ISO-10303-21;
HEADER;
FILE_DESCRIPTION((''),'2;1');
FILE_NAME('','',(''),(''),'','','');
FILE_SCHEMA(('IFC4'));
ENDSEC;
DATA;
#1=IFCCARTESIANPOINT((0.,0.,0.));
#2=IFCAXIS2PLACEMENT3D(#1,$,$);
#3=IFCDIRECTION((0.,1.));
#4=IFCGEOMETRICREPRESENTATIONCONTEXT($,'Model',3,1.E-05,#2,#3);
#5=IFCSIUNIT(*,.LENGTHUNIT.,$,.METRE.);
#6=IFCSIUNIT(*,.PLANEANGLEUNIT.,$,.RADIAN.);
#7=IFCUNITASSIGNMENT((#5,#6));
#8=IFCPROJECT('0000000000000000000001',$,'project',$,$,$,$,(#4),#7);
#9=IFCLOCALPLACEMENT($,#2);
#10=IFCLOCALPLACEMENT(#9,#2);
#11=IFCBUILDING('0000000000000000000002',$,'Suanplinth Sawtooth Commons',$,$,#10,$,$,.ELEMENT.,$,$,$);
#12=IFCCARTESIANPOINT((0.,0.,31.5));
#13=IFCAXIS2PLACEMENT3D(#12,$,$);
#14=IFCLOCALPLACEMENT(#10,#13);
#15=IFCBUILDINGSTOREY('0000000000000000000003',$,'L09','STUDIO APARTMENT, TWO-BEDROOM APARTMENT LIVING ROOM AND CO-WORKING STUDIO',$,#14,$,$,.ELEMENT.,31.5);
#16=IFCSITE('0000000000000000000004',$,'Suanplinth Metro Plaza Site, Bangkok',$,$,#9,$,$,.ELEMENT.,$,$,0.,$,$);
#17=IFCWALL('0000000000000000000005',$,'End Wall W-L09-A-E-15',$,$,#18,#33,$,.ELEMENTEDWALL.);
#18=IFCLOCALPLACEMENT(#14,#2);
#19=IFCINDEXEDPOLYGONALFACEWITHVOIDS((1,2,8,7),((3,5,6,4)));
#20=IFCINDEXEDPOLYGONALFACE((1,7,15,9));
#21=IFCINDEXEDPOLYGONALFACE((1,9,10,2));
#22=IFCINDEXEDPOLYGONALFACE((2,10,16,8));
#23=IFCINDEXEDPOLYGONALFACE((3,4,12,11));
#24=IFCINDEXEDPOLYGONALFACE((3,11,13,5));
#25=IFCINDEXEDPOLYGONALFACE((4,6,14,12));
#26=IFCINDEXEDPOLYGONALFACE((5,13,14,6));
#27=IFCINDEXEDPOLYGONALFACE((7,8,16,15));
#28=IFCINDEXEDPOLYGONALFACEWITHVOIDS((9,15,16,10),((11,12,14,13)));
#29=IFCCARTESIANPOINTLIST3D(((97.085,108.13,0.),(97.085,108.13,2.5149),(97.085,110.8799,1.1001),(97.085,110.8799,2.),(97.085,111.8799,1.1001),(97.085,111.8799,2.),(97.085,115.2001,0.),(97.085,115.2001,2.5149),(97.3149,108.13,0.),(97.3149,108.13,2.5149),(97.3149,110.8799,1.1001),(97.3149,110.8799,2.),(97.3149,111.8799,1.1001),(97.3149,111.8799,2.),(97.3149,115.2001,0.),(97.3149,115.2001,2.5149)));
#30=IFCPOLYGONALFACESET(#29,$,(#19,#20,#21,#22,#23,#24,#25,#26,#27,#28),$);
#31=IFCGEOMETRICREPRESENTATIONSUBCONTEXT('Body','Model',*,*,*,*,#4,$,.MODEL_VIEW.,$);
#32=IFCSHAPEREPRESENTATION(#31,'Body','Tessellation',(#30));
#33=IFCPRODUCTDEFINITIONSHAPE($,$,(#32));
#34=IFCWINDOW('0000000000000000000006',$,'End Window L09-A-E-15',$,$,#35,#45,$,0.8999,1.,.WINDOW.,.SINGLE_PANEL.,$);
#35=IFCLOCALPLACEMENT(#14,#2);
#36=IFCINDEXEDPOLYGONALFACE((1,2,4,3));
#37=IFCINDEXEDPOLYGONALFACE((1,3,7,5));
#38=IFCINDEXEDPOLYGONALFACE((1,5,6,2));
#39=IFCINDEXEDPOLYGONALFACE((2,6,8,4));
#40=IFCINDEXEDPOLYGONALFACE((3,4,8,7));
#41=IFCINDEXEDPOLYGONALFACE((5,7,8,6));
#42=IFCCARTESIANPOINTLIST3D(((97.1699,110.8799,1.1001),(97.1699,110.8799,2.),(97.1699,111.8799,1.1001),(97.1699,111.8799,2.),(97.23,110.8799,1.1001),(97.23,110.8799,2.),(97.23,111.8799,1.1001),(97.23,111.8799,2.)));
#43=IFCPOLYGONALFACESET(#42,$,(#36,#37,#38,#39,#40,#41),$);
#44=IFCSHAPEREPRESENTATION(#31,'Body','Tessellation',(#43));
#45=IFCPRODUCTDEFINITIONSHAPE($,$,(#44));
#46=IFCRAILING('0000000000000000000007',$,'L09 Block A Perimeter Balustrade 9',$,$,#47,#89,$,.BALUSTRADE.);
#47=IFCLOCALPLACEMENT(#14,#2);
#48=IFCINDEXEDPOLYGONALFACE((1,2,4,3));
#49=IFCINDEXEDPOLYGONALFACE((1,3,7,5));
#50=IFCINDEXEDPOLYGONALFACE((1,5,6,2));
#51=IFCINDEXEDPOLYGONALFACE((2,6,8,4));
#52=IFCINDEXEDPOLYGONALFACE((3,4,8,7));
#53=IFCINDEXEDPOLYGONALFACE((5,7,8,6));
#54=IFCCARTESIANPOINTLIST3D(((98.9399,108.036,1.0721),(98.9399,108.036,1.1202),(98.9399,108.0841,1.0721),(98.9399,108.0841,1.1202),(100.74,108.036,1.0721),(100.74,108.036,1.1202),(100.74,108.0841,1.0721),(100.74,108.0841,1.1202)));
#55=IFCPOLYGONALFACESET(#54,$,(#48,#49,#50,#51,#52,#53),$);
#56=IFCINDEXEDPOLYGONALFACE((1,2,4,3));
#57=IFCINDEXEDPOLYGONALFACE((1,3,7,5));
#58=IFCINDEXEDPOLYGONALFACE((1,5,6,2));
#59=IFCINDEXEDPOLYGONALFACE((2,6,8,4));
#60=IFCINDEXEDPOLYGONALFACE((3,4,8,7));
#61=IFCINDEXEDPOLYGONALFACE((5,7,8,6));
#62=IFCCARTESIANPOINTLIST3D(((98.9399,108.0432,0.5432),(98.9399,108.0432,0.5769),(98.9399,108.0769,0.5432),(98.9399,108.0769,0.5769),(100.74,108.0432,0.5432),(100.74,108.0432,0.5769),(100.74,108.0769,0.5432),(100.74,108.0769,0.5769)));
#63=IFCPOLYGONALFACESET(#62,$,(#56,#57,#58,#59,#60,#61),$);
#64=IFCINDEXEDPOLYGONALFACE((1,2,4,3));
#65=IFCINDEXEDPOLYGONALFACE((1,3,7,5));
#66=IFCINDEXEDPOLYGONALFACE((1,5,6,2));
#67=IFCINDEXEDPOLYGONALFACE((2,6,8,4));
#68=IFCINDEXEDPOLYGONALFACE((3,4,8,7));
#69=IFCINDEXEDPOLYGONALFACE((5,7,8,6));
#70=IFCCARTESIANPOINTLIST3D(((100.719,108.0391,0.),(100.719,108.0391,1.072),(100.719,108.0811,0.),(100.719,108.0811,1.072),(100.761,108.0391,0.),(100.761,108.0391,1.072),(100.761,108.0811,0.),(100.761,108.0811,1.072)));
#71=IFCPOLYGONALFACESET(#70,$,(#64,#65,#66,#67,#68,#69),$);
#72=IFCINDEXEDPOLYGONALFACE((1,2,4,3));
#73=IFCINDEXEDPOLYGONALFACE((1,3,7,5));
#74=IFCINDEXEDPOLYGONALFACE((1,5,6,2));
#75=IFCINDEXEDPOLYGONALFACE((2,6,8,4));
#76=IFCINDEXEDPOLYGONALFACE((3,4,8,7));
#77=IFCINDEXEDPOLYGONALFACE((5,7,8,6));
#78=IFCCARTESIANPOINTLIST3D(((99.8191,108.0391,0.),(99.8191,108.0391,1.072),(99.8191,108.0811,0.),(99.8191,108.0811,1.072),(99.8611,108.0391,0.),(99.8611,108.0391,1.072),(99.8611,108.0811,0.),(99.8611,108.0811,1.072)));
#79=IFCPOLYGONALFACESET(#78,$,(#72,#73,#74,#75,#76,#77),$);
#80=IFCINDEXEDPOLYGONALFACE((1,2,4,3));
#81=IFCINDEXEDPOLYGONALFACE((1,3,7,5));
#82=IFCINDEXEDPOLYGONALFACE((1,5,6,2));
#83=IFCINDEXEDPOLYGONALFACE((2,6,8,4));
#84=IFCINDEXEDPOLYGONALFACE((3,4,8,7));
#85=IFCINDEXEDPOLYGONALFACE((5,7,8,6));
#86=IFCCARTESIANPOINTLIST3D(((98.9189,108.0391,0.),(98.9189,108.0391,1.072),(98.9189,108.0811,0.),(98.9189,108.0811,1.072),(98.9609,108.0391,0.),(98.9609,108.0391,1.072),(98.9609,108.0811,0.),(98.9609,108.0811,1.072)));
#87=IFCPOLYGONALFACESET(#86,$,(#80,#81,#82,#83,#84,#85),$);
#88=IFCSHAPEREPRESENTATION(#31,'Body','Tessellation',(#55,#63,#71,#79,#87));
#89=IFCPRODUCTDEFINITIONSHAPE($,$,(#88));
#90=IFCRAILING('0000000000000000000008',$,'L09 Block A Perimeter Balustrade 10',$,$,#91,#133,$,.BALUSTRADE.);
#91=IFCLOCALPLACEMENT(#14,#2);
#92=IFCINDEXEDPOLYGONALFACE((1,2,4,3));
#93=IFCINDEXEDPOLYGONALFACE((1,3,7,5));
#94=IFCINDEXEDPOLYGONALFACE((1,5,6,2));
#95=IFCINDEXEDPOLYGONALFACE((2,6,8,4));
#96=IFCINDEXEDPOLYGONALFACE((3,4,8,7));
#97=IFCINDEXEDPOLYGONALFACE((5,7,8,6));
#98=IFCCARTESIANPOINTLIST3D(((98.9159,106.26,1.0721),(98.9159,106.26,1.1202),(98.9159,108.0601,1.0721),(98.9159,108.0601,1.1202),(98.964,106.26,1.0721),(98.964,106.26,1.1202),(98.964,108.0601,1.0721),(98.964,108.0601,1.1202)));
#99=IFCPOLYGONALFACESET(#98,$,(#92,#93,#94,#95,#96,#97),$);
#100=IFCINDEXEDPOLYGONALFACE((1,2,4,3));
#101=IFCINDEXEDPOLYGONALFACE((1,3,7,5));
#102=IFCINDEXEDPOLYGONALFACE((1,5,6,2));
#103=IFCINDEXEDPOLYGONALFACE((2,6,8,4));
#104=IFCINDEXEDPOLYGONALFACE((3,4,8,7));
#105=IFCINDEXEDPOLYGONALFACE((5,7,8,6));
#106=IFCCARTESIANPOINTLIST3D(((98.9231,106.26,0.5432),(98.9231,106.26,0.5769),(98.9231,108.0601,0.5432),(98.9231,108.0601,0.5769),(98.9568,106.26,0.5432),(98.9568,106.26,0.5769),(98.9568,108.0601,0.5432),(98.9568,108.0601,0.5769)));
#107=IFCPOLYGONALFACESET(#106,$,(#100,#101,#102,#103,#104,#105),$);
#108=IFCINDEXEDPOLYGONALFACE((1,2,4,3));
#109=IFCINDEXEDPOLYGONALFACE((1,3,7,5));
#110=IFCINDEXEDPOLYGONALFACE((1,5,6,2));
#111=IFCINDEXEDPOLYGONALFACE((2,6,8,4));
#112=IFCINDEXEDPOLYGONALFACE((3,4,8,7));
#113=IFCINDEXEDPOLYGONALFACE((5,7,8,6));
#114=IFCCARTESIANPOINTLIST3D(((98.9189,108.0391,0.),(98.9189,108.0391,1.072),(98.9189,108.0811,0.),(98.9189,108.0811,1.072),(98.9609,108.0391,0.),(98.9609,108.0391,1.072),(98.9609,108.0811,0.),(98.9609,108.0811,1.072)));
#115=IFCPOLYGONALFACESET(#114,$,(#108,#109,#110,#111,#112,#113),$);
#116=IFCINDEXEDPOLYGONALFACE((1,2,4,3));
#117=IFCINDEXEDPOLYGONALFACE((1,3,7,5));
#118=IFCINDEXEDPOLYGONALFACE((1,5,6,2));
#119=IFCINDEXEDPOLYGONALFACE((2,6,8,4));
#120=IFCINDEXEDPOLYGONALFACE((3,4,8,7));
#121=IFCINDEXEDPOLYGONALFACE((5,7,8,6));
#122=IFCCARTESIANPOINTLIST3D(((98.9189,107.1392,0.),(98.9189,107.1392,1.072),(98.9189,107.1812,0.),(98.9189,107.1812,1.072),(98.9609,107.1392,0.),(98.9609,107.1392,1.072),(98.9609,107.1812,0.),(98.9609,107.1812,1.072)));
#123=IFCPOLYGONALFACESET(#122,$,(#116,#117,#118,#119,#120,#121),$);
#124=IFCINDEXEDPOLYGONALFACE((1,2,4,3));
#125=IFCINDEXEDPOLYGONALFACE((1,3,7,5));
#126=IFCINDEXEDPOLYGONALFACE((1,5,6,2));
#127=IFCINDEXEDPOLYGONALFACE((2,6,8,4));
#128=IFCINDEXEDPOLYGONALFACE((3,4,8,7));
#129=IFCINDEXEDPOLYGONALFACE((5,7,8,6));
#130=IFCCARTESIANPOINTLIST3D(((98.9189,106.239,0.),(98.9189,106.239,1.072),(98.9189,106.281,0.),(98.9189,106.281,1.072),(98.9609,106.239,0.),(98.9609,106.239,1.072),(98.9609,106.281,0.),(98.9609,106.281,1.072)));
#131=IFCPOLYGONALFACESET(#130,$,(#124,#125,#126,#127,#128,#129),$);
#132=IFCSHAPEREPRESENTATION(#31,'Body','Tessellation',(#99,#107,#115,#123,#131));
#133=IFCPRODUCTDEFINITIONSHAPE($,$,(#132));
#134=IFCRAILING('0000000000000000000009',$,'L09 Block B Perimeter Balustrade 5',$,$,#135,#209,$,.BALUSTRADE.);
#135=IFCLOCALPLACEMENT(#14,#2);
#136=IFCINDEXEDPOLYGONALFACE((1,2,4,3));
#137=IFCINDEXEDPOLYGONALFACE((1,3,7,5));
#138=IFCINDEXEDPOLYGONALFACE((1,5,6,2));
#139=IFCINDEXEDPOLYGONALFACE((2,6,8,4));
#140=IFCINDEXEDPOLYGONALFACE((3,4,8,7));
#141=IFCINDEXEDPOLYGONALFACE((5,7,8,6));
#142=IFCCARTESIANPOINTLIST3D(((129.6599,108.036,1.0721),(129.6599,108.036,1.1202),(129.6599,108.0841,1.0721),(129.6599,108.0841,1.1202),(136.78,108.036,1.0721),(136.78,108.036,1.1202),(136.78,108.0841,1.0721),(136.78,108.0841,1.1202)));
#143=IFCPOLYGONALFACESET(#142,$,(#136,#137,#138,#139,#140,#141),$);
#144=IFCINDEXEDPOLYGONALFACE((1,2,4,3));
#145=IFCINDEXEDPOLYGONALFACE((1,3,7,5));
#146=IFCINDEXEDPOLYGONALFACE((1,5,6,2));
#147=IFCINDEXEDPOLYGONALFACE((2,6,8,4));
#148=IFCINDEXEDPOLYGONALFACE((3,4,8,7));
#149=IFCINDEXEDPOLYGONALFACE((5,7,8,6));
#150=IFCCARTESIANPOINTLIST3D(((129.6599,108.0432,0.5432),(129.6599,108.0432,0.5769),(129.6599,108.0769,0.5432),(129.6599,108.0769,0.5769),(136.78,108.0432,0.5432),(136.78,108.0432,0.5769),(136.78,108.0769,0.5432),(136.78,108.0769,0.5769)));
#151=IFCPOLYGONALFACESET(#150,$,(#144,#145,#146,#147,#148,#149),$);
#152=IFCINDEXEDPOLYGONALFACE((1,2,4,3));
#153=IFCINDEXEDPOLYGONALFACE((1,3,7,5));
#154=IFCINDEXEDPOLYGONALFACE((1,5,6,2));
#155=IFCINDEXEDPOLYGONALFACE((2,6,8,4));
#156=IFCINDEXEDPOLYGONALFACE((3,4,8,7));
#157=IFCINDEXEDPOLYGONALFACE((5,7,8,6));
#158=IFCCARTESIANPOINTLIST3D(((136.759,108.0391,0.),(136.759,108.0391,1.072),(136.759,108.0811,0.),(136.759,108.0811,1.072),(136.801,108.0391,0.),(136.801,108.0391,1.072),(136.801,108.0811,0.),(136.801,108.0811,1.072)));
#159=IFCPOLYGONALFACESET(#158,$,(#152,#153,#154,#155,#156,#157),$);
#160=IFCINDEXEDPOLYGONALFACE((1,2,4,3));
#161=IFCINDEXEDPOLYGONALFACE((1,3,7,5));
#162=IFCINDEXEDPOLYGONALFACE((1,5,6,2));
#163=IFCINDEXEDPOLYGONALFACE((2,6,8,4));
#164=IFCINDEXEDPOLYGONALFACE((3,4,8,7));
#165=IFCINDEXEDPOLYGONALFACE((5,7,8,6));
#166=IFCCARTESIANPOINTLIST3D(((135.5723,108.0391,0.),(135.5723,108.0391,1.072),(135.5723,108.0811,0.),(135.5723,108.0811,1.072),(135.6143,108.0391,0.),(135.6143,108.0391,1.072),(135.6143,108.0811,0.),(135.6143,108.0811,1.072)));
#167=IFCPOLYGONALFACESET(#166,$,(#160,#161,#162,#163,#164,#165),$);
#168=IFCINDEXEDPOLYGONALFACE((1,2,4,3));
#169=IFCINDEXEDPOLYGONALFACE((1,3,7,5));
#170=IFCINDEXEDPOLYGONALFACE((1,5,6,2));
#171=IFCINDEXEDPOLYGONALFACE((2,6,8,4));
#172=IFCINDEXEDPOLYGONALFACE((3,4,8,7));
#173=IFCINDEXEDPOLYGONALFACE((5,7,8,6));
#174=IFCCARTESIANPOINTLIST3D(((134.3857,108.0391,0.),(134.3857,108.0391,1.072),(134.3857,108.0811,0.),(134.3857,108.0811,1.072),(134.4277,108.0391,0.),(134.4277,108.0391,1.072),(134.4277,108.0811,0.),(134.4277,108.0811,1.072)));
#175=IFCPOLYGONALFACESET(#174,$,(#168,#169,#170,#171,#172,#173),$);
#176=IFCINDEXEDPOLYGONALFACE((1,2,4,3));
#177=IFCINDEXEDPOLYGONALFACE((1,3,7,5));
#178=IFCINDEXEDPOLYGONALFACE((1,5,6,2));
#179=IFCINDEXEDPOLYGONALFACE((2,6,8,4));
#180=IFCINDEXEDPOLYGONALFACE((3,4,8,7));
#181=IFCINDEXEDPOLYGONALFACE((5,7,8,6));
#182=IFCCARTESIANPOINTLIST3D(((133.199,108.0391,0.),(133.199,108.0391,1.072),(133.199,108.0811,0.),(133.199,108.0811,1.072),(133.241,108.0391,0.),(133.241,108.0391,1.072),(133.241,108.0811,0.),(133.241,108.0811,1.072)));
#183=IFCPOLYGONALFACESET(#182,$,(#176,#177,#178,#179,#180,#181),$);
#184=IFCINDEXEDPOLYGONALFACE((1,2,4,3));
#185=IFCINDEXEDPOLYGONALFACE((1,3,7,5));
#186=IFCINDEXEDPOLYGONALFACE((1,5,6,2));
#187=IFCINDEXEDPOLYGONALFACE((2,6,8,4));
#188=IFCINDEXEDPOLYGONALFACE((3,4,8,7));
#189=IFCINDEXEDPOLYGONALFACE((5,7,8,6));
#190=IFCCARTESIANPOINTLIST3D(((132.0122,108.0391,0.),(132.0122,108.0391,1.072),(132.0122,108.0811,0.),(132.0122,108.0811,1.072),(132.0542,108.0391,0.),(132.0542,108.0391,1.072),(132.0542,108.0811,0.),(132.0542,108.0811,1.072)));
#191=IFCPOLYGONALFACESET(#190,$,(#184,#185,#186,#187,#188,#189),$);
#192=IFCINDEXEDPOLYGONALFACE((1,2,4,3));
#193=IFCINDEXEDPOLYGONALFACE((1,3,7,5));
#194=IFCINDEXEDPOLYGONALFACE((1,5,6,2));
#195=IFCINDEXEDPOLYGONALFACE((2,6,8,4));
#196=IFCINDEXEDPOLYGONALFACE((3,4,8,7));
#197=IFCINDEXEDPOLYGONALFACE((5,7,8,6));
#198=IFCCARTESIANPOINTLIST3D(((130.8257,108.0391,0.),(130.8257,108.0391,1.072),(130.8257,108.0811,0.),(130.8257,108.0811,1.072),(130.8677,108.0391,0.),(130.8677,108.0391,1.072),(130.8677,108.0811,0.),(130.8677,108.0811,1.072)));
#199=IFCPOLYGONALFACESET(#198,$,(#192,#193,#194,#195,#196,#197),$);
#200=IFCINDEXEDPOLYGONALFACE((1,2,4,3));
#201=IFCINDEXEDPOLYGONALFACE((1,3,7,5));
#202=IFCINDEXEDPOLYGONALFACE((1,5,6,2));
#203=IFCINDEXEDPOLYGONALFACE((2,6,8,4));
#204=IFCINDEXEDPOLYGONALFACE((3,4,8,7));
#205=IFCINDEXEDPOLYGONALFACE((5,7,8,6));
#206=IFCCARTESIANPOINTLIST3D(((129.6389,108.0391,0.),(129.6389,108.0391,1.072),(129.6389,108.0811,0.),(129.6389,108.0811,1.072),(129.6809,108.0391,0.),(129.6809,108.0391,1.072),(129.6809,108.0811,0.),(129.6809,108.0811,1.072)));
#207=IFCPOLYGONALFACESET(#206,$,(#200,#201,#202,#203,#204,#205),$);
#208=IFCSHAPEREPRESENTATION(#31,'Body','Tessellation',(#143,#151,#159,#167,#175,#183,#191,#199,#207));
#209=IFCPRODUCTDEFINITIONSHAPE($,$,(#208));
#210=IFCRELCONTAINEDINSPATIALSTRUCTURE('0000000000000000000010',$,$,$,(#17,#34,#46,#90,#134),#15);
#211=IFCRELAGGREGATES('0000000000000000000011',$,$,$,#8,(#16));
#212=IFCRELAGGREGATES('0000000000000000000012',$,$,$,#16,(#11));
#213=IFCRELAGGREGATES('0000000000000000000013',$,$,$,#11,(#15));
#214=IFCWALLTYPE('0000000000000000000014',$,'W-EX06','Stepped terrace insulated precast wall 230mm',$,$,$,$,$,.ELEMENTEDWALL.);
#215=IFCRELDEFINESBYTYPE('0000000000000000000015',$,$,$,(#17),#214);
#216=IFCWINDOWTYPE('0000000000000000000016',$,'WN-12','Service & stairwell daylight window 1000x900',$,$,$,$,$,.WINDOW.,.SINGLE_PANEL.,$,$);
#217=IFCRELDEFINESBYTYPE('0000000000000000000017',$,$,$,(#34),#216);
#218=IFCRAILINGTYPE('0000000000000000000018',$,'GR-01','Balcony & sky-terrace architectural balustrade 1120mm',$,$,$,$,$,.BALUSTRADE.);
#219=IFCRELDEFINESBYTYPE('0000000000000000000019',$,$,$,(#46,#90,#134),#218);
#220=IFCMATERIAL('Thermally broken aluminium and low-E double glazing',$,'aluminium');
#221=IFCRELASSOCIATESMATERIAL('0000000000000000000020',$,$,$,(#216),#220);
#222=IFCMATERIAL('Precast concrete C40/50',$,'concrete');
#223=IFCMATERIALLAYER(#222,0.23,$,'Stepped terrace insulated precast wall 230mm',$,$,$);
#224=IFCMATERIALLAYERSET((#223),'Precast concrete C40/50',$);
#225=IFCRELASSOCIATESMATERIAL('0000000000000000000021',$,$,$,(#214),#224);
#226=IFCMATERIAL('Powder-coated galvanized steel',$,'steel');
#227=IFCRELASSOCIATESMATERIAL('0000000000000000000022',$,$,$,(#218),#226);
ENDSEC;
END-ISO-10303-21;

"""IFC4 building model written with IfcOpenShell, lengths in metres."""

from ifc_helpers import new_model, si_unit, direction, frame, frame_2d, origin, origin_2d, place, context, subcontext, project, spatial, rectangle, extrude, material, layer, layer_set, type_object, element, fill, save


model = new_model("IFC4")

# Units and contexts
model_context = context("Model", 3, precision=1e-05, world=origin(), true_north=direction((0.0, 1.0)))
body_context = subcontext(model_context, "Body", "Model", "MODEL_VIEW")
ifc_project = project(units=[si_unit("LENGTHUNIT", "METRE"), si_unit("PLANEANGLEUNIT", "RADIAN")], contexts=[model_context])

# Site, building, storey
site_placement = place(None, origin())
site = spatial("IfcSite", under=ifc_project, at=site_placement, Name="Suanplinth Metro Plaza Site, Bangkok", CompositionType="ELEMENT", RefElevation=0.0)
building_placement = place(site_placement, origin())
building = spatial("IfcBuilding", under=site, at=building_placement, Name="Suanplinth Sawtooth Commons", CompositionType="ELEMENT")
storey_placement = place(building_placement, frame((0.0, 0.0, 31.5)))
storey = spatial("IfcBuildingStorey", under=building, at=storey_placement, Name="L09", Description="STUDIO APARTMENT, TWO-BEDROOM APARTMENT LIVING ROOM AND CO-WORKING STUDIO", CompositionType="ELEMENT", Elevation=31.5)

# Shared definitions
ifc_material_1 = material(Name="Precast concrete C40/50", Category="concrete")

# Wall, opening, window
ifc_material_2 = material(Name="Thermally broken aluminium and low-E double glazing", Category="aluminium")
window_type = type_object("IfcWindowType", Name="WN-12", Description="Service & stairwell daylight window 1000x900", PartitioningType="SINGLE_PANEL", PredefinedType="WINDOW", material=ifc_material_2)
ifc_layer_1 = layer(ifc_material_1, 0.23, Name="Stepped terrace insulated precast wall 230mm")
ifc_layer_set_1 = layer_set([ifc_layer_1], Name="Precast concrete C40/50")
wall_type_1 = type_object("IfcWallType", Name="W-EX06", Description="Stepped terrace insulated precast wall 230mm", PredefinedType="ELEMENTEDWALL", material=ifc_layer_set_1)
wall_1_placement = place(storey_placement, frame((97.2, 108.1299, 0.0), z_axis=(0.0, 0.0, 1.0), x_axis=(0.0, 1.0, 0.0)))
wall_1 = element("IfcWall", 1, at=wall_1_placement, inside=storey, type_object=wall_type_1, Name="End Wall W-L09-A-E-15", PredefinedType="ELEMENTEDWALL", context=body_context, shape_type="SweptSolid", body=[
    extrude(rectangle(XDim=7.0701, YDim=0.23, at=frame_2d((3.5352, 0.0))), origin(), (0.0, 0.0, 1.0), 2.5149),
])
opening_1_placement = place(wall_1_placement, frame((2.75, 0.0, 1.1001)))
opening_1 = element("IfcOpeningElement", 2, at=opening_1_placement, cuts=wall_1, PredefinedType="OPENING", context=body_context, shape_type="SweptSolid", body=[
    extrude(rectangle(XDim=1.0, YDim=0.8999, at=frame_2d((0.5, 0.45))), frame((0.0, 0.1299, 0.0), z_axis=(0.0, -1.0, 0.0), x_axis=(1.0, 0.0, 0.0)), (0.0, 0.0, 1.0), 0.2598),
])
window_1_placement = place(opening_1_placement, origin())
window_1 = element("IfcWindow", 3, at=window_1_placement, inside=storey, type_object=window_type, Name="End Window L09-A-E-15", OverallHeight=0.8999, OverallWidth=1.0, PartitioningType="SINGLE_PANEL", PredefinedType="WINDOW", context=body_context, shape_type="SweptSolid", body=[
    extrude(rectangle(XDim=1.0, YDim=0.8999, at=frame_2d((0.5, 0.45))), frame((0.0, 0.03, 0.0), z_axis=(0.0, -1.0, 0.0), x_axis=(1.0, 0.0, 0.0)), (0.0, 0.0, 1.0), 0.0601),
])
fill(opening_1, window_1)

# Railings
ifc_material_3 = material(Name="Powder-coated galvanized steel", Category="steel")
railing_type = type_object("IfcRailingType", Name="GR-01", Description="Balcony & sky-terrace architectural balustrade 1120mm", PredefinedType="BALUSTRADE", material=ifc_material_3)
railing_1_placement = place(storey_placement, frame((100.74, 108.0601, 0.0)))
element("IfcRailing", 4, at=railing_1_placement, inside=storey, type_object=railing_type, Name="L09 Block A Perimeter Balustrade 9", PredefinedType="BALUSTRADE", context=body_context, shape_type="SweptSolid", body=[
    extrude(rectangle(XDim=0.0481, YDim=0.0481, at=origin_2d()), frame((0.0, 0.0, 1.0962), z_axis=(-1.0, 0.0, 0.0), x_axis=(0.0, -1.0, 0.0)), (0.0, 0.0, 1.0), 1.8),
    extrude(rectangle(XDim=0.0337, YDim=0.0337, at=origin_2d()), frame((0.0, 0.0, 0.5601), z_axis=(-1.0, 0.0, 0.0), x_axis=(0.0, -1.0, 0.0)), (0.0, 0.0, 1.0), 1.8),
    extrude(rectangle(XDim=0.042, YDim=0.042, at=origin_2d()), origin(), (0.0, 0.0, 1.0), 1.072),
    extrude(rectangle(XDim=0.042, YDim=0.042, at=origin_2d()), frame((-0.8999, 0.0, 0.0)), (0.0, 0.0, 1.0), 1.072),
    extrude(rectangle(XDim=0.042, YDim=0.042, at=origin_2d()), frame((-1.8, 0.0, 0.0)), (0.0, 0.0, 1.0), 1.072),
])
railing_2_placement = place(storey_placement, frame((98.9399, 108.0601, 0.0)))
element("IfcRailing", 5, at=railing_2_placement, inside=storey, type_object=railing_type, Name="L09 Block A Perimeter Balustrade 10", PredefinedType="BALUSTRADE", context=body_context, shape_type="SweptSolid", body=[
    extrude(rectangle(XDim=0.0481, YDim=0.0481, at=origin_2d()), frame((0.0, 0.0, 1.0962), z_axis=(0.0, -1.0, 0.0), x_axis=(1.0, 0.0, 0.0)), (0.0, 0.0, 1.0), 1.8),
    extrude(rectangle(XDim=0.0337, YDim=0.0337, at=origin_2d()), frame((0.0, 0.0, 0.5601), z_axis=(0.0, -1.0, 0.0), x_axis=(1.0, 0.0, 0.0)), (0.0, 0.0, 1.0), 1.8),
    extrude(rectangle(XDim=0.042, YDim=0.042, at=origin_2d()), origin(), (0.0, 0.0, 1.0), 1.072),
    extrude(rectangle(XDim=0.042, YDim=0.042, at=origin_2d()), frame((0.0, -0.8999, 0.0)), (0.0, 0.0, 1.0), 1.072),
    extrude(rectangle(XDim=0.042, YDim=0.042, at=origin_2d()), frame((0.0, -1.8, 0.0)), (0.0, 0.0, 1.0), 1.072),
])
railing_3_placement = place(storey_placement, frame((136.78, 108.0601, 0.0)))
element("IfcRailing", 6, at=railing_3_placement, inside=storey, type_object=railing_type, Name="L09 Block B Perimeter Balustrade 5", PredefinedType="BALUSTRADE", context=body_context, shape_type="SweptSolid", body=[
    extrude(rectangle(XDim=0.0481, YDim=0.0481, at=origin_2d()), frame((0.0, 0.0, 1.0962), z_axis=(-1.0, 0.0, 0.0), x_axis=(0.0, -1.0, 0.0)), (0.0, 0.0, 1.0), 7.1201),
    extrude(rectangle(XDim=0.0337, YDim=0.0337, at=origin_2d()), frame((0.0, 0.0, 0.5601), z_axis=(-1.0, 0.0, 0.0), x_axis=(0.0, -1.0, 0.0)), (0.0, 0.0, 1.0), 7.1201),
    extrude(rectangle(XDim=0.042, YDim=0.042, at=origin_2d()), origin(), (0.0, 0.0, 1.0), 1.072),
    extrude(rectangle(XDim=0.042, YDim=0.042, at=origin_2d()), frame((-1.1868, 0.0, 0.0)), (0.0, 0.0, 1.0), 1.072),
    extrude(rectangle(XDim=0.042, YDim=0.042, at=origin_2d()), frame((-2.3733, 0.0, 0.0)), (0.0, 0.0, 1.0), 1.072),
    extrude(rectangle(XDim=0.042, YDim=0.042, at=origin_2d()), frame((-3.5601, 0.0, 0.0)), (0.0, 0.0, 1.0), 1.072),
    extrude(rectangle(XDim=0.042, YDim=0.042, at=origin_2d()), frame((-4.7468, 0.0, 0.0)), (0.0, 0.0, 1.0), 1.072),
    extrude(rectangle(XDim=0.042, YDim=0.042, at=origin_2d()), frame((-5.9333, 0.0, 0.0)), (0.0, 0.0, 1.0), 1.072),
    extrude(rectangle(XDim=0.042, YDim=0.042, at=origin_2d()), frame((-7.1201, 0.0, 0.0)), (0.0, 0.0, 1.0), 1.072),
])

save(model, "model.ifc")
